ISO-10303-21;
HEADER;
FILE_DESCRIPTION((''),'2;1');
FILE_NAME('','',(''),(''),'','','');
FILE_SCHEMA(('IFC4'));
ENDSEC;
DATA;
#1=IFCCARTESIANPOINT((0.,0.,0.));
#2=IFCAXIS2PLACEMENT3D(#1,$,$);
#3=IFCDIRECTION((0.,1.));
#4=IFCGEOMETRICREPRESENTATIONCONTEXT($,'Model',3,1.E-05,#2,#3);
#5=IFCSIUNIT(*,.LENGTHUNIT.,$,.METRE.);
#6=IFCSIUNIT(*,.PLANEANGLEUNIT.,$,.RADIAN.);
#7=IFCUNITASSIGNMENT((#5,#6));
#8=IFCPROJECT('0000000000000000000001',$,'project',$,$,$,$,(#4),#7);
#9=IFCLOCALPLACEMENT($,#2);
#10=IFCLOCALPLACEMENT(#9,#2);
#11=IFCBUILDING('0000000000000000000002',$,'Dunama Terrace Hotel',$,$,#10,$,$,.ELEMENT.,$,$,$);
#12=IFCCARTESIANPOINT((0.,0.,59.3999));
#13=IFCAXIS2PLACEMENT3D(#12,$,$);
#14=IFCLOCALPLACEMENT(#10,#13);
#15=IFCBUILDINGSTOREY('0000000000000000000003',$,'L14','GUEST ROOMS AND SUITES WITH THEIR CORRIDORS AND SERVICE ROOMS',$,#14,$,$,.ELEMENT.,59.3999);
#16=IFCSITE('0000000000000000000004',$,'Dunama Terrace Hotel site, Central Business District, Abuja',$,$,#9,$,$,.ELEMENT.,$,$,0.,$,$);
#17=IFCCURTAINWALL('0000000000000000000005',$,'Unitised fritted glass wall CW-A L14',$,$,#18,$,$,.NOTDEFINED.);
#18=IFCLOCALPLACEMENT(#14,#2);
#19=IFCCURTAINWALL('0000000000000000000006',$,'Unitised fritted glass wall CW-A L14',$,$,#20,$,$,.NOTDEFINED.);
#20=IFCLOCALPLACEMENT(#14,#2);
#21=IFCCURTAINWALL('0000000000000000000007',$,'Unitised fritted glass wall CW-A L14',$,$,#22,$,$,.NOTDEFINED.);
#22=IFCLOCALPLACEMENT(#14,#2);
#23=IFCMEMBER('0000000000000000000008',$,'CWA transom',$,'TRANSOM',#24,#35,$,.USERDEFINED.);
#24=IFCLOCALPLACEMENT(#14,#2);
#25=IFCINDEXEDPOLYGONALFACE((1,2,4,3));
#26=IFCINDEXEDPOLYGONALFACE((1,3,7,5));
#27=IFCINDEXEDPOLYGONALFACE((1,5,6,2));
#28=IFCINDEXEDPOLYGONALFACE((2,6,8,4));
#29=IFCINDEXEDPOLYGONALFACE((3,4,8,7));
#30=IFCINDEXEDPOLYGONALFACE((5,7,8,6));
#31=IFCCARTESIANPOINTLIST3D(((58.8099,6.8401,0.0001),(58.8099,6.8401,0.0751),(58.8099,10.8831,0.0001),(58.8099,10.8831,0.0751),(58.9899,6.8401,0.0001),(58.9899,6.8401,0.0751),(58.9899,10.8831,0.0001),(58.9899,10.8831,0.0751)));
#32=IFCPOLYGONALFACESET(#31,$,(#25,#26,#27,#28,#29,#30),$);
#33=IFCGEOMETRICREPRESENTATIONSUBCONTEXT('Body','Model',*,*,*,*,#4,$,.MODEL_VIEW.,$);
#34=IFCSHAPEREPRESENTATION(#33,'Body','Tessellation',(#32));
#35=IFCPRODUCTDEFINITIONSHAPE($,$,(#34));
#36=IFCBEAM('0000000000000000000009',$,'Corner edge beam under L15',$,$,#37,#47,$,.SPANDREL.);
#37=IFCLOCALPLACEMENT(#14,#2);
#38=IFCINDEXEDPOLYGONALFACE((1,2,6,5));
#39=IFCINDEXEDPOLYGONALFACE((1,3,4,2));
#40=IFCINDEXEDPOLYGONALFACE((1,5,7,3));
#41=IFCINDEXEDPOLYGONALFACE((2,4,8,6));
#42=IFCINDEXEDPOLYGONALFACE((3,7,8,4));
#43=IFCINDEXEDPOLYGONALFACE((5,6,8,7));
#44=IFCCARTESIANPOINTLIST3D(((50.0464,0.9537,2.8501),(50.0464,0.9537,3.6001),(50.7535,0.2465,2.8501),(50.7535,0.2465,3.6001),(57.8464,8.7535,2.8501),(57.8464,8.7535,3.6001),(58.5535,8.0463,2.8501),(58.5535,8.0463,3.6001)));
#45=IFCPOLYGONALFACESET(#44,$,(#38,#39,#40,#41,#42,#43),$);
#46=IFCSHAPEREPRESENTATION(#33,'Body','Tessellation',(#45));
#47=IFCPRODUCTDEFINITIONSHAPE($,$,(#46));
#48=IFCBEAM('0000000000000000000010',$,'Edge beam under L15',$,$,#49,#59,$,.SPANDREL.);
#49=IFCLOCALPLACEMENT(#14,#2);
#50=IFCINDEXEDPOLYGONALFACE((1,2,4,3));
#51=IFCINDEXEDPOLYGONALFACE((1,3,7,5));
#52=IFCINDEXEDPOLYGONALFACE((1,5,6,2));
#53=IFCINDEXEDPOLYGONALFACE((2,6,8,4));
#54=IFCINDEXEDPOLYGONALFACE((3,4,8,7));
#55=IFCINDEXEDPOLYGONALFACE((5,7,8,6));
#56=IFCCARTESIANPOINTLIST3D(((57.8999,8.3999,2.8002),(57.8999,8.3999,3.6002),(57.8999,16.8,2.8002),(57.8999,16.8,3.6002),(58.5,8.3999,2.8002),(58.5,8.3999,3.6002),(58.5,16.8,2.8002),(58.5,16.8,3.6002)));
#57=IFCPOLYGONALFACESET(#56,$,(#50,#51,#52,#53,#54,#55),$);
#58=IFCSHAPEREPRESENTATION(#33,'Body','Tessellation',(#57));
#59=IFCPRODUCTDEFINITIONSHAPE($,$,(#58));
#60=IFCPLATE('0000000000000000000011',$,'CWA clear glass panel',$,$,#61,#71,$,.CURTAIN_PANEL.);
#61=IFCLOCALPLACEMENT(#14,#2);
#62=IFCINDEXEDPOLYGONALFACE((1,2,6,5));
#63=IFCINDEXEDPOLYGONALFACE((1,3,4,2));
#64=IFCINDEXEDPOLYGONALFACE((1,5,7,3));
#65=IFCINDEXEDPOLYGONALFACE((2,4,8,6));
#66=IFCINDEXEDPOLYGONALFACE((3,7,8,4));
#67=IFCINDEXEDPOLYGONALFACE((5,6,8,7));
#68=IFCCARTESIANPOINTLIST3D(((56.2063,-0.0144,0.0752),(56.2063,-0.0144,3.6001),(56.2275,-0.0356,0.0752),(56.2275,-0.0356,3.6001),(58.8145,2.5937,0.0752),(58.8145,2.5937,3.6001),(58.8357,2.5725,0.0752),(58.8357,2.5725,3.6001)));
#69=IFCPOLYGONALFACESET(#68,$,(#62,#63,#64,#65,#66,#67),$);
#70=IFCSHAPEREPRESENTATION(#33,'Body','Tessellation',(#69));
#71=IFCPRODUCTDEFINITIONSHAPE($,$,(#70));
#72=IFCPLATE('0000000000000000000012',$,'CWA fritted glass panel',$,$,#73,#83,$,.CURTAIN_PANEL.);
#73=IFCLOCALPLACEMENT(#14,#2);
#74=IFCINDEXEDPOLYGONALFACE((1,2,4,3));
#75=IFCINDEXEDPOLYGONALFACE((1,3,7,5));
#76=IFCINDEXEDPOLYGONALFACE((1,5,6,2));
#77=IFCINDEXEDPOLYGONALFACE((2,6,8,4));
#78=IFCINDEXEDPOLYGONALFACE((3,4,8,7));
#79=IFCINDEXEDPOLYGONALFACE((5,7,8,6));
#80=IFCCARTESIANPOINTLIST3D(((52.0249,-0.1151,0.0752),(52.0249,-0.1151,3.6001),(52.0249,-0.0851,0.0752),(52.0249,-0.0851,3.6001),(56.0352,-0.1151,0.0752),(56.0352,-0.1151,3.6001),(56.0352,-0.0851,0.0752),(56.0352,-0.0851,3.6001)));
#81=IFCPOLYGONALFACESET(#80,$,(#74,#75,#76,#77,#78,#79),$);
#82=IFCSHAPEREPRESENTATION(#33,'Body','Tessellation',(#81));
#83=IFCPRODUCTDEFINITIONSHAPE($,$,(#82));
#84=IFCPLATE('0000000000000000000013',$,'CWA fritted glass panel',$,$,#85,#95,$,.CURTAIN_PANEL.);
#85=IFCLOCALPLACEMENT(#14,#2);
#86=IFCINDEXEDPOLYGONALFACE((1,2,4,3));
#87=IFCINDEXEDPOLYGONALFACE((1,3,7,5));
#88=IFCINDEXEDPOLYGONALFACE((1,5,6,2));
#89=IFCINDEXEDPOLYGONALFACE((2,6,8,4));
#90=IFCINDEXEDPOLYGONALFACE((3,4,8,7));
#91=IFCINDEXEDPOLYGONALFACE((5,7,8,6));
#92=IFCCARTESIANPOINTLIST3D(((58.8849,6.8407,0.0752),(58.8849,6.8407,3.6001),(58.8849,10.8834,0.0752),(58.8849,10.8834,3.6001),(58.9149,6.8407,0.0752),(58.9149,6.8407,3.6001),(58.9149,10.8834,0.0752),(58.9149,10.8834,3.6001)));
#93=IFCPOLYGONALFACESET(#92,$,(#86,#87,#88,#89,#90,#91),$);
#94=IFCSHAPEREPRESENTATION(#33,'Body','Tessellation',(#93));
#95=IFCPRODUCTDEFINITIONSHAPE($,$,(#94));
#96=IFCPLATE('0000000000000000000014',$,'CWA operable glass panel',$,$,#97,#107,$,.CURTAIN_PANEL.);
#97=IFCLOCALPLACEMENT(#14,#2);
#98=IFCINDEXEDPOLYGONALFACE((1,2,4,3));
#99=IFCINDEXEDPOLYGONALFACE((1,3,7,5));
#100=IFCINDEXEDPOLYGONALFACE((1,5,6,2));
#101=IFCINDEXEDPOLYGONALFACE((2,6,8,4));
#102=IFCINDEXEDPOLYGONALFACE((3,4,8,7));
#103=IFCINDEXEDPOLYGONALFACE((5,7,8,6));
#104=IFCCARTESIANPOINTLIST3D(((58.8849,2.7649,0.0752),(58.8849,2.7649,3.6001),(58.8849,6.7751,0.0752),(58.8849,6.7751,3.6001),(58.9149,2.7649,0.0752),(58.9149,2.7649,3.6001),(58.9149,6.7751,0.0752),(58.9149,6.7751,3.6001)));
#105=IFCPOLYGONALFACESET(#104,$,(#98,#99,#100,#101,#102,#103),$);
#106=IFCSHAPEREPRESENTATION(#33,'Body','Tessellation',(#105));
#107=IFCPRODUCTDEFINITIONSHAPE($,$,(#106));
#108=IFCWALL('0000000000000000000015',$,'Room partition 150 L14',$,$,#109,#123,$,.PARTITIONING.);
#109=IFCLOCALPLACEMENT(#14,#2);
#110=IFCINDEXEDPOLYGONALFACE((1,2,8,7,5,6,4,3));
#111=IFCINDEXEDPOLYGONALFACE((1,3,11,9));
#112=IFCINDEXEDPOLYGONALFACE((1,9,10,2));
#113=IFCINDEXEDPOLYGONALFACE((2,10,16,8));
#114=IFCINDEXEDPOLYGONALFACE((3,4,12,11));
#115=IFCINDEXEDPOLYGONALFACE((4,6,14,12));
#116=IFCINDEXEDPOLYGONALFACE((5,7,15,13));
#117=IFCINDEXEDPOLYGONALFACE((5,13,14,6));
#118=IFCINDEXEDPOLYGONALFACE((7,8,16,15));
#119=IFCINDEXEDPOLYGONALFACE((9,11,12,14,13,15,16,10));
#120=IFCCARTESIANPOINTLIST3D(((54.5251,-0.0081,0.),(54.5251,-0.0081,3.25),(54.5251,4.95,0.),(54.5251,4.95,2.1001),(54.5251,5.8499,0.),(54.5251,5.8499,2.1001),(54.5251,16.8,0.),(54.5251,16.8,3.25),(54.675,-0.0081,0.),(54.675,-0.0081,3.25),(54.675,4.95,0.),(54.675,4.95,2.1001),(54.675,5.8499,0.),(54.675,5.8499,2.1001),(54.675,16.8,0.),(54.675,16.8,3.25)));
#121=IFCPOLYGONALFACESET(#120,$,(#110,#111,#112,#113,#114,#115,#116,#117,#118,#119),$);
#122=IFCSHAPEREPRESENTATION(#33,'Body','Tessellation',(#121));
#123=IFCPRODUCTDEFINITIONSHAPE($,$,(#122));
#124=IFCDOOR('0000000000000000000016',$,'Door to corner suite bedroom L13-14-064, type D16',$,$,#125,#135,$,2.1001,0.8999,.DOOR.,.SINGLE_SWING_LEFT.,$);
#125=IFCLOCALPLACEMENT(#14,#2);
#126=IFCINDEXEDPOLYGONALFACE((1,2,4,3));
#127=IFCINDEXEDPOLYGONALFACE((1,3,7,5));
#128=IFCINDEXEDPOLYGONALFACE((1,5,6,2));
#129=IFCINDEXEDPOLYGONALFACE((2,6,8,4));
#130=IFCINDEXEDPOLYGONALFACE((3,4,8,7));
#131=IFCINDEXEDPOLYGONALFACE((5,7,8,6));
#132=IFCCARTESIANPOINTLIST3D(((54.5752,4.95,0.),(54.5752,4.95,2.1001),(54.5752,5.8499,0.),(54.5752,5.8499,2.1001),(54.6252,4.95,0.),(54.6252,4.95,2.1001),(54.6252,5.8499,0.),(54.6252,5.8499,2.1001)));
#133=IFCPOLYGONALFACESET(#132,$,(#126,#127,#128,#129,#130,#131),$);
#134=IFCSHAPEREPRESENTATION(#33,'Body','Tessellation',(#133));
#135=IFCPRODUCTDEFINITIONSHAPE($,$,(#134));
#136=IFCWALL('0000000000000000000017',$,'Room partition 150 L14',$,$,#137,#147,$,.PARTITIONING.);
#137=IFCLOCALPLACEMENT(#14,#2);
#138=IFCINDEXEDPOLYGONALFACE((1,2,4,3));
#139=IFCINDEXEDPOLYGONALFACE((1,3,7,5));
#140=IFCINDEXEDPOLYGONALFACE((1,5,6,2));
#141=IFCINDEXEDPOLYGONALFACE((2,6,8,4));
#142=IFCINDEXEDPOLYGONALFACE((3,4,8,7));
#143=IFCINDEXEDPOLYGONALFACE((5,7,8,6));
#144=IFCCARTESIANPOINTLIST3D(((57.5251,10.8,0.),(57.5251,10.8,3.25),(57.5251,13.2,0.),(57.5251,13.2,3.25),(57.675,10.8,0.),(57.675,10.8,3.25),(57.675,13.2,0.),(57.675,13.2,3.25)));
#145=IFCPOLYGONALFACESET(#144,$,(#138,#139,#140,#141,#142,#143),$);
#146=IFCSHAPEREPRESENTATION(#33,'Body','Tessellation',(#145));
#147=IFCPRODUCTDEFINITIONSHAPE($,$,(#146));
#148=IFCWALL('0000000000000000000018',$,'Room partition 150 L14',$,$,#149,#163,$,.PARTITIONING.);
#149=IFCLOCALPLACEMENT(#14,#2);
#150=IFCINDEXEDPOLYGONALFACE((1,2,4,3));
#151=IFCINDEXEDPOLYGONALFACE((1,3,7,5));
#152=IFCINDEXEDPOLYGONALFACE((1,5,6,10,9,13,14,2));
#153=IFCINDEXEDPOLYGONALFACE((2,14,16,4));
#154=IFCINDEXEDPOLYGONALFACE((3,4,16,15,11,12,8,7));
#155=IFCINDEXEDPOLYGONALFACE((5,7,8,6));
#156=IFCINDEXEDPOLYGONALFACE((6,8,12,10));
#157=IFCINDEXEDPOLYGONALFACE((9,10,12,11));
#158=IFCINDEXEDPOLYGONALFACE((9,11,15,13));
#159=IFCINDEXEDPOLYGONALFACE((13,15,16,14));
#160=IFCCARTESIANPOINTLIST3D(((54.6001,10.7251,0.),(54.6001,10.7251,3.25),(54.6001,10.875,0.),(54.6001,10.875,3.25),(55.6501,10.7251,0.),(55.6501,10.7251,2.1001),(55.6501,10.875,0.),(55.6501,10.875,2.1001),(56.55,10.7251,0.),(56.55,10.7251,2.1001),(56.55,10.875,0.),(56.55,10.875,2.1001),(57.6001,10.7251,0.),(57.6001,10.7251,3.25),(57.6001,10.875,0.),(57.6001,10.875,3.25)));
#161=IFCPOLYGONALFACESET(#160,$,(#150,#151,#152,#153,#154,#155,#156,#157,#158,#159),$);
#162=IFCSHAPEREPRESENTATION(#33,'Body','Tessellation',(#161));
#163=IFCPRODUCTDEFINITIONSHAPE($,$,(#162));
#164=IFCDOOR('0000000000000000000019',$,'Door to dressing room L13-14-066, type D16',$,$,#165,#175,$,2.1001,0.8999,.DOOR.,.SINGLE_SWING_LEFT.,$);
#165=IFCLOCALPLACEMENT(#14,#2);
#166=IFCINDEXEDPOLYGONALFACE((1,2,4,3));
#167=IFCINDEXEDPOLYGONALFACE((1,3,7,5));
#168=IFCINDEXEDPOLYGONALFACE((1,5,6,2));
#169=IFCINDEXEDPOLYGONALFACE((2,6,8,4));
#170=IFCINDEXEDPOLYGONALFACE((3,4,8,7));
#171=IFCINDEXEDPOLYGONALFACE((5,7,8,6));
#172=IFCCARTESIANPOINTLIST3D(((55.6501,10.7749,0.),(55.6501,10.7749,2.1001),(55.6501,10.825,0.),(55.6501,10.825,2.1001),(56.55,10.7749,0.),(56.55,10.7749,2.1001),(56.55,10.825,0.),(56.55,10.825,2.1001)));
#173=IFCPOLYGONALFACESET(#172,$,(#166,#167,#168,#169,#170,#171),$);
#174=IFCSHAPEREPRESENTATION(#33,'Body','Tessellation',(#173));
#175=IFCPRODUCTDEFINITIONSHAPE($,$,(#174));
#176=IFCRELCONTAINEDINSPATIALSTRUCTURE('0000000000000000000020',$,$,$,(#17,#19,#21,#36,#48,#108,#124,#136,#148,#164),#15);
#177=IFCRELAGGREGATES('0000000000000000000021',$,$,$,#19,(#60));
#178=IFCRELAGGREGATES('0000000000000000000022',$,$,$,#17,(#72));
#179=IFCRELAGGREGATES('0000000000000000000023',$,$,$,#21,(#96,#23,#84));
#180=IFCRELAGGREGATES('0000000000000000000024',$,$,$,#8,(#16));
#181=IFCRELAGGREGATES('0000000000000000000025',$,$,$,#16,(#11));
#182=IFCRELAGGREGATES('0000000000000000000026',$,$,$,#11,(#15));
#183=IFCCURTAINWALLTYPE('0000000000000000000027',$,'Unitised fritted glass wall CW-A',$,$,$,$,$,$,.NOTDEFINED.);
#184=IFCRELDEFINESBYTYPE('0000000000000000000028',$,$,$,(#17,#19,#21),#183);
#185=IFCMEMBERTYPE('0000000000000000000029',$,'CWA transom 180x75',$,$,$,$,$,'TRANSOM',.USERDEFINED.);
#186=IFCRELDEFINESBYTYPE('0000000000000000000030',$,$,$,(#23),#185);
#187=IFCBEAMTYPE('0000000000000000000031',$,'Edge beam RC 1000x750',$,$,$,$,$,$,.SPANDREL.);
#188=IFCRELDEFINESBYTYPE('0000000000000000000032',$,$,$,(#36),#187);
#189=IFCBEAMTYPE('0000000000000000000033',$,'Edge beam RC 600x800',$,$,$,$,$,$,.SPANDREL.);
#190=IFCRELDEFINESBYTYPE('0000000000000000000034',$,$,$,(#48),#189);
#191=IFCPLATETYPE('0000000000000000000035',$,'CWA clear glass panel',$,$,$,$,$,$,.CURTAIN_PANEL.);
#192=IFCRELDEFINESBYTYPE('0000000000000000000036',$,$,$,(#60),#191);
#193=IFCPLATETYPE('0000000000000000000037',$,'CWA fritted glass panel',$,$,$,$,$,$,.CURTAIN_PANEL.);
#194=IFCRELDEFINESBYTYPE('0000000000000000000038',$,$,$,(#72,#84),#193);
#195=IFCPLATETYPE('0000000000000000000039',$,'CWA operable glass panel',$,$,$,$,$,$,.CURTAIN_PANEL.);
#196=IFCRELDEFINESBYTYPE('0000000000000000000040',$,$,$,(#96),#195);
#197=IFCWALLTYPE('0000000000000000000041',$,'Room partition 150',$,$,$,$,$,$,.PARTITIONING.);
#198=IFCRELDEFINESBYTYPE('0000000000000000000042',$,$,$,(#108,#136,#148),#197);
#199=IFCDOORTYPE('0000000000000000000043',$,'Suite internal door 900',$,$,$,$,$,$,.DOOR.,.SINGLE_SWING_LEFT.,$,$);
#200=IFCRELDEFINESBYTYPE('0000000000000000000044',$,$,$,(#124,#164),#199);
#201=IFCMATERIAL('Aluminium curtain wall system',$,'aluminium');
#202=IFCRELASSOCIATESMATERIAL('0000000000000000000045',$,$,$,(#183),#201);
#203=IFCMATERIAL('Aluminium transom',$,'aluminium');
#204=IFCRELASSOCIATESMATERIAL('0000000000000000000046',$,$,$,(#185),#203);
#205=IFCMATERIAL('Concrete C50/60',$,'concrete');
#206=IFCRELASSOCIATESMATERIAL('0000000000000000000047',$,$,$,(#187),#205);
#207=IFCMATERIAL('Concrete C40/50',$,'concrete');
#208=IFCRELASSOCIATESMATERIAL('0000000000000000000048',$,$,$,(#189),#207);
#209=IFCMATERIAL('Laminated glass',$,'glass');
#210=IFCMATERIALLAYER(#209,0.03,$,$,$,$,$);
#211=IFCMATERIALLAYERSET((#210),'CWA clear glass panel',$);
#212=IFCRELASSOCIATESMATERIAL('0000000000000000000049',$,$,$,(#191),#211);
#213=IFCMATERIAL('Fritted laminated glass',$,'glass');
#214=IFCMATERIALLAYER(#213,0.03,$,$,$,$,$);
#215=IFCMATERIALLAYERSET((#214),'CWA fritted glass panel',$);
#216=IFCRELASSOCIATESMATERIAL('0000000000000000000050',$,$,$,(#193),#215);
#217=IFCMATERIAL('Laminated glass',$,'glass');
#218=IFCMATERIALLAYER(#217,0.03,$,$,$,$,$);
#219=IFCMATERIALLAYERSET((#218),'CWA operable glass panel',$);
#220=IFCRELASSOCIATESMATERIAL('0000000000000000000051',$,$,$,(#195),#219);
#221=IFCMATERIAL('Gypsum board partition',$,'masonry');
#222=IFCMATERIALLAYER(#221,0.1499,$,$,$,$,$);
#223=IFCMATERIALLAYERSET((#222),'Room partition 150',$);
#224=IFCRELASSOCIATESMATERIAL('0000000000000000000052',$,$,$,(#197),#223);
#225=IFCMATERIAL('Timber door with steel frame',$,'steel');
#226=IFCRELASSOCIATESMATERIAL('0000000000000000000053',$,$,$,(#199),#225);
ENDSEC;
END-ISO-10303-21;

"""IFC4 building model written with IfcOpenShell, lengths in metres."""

from ifc_helpers import new_model, si_unit, direction, frame, frame_2d, origin, origin_2d, place, context, subcontext, project, spatial, rectangle, extrude, material, layer, layer_set, material_profile, profile_set, type_object, element, fill, aggregate, save


model = new_model("IFC4")

# Units and contexts
model_context = context("Model", 3, precision=1e-05, world=origin(), true_north=direction((0.0, 1.0)))
body_context = subcontext(model_context, "Body", "Model", "MODEL_VIEW")
ifc_project = project(units=[si_unit("LENGTHUNIT", "METRE"), si_unit("PLANEANGLEUNIT", "RADIAN")], contexts=[model_context])

# Site, building, storey
site_placement = place(None, origin())
site = spatial("IfcSite", under=ifc_project, at=site_placement, Name="Dunama Terrace Hotel site, Central Business District, Abuja", CompositionType="ELEMENT", RefElevation=0.0)
building_placement = place(site_placement, origin())
building = spatial("IfcBuilding", under=site, at=building_placement, Name="Dunama Terrace Hotel", CompositionType="ELEMENT")
storey_placement = place(building_placement, frame((0.0, 0.0, 59.3999)))
storey = spatial("IfcBuildingStorey", under=building, at=storey_placement, Name="L14", Description="GUEST ROOMS AND SUITES WITH THEIR CORRIDORS AND SERVICE ROOMS", CompositionType="ELEMENT", Elevation=59.3999)

# Curtain walls
ifc_material_1 = material(Name="Aluminium curtain wall system", Category="aluminium")
curtain_wall_type = type_object("IfcCurtainWallType", Name="Unitised fritted glass wall CW-A", PredefinedType="NOTDEFINED", material=ifc_material_1)
curtain_wall_1_placement = place(storey_placement, origin())
curtain_wall_1 = element("IfcCurtainWall", 1, at=curtain_wall_1_placement, inside=storey, type_object=curtain_wall_type, Name="Unitised fritted glass wall CW-A L14", PredefinedType="NOTDEFINED")
curtain_wall_2_placement = place(storey_placement, origin())
curtain_wall_2 = element("IfcCurtainWall", 2, at=curtain_wall_2_placement, inside=storey, type_object=curtain_wall_type, Name="Unitised fritted glass wall CW-A L14", PredefinedType="NOTDEFINED")
curtain_wall_3_placement = place(storey_placement, origin())
curtain_wall_3 = element("IfcCurtainWall", 3, at=curtain_wall_3_placement, inside=storey, type_object=curtain_wall_type, Name="Unitised fritted glass wall CW-A L14", PredefinedType="NOTDEFINED")

# Member
ifc_material_2 = material(Name="Aluminium transom", Category="aluminium")
ifc_material_profile_1 = material_profile(ifc_material_2, rectangle(XDim=0.1799, YDim=0.075, at=origin_2d()), Name="CWA TRANSOM 180X75")
ifc_profile_set_1 = profile_set([ifc_material_profile_1], Name="Aluminium transom")
member_type_1 = type_object("IfcMemberType", Name="CWA transom 180x75", ElementType="TRANSOM", PredefinedType="USERDEFINED", material=ifc_profile_set_1)
member_1_placement = place(storey_placement, frame((58.8999, 6.8401, 0.0376), z_axis=(0.0, 1.0, 0.0), x_axis=(-1.0, 0.0, 0.0)))
member_1 = element("IfcMember", 4, at=member_1_placement, type_object=member_type_1, Name="CWA transom", ObjectType="TRANSOM", PredefinedType="USERDEFINED", context=body_context, shape_type="SweptSolid", body=[
    extrude(rectangle(XDim=0.1799, YDim=0.075, at=origin_2d()), origin(), (0.0, 0.0, 1.0), 4.043),
])

# Beams
ifc_material_3 = material(Name="Concrete C50/60", Category="concrete")
ifc_material_profile_2 = material_profile(ifc_material_3, rectangle(XDim=1.0, YDim=0.75, at=origin_2d()), Name="RC 1000x750")
ifc_profile_set_2 = profile_set([ifc_material_profile_2], Name="Concrete C50/60")
beam_type_1 = type_object("IfcBeamType", Name="Edge beam RC 1000x750", PredefinedType="SPANDREL", material=ifc_profile_set_2)
beam_1_placement = place(storey_placement, frame((50.3999, 0.6001, 3.2251), z_axis=(0.707118, 0.707096, 0.0), x_axis=(-0.707096, 0.707118, 0.0)))
element("IfcBeam", 5, at=beam_1_placement, inside=storey, type_object=beam_type_1, Name="Corner edge beam under L15", PredefinedType="SPANDREL", context=body_context, shape_type="SweptSolid", body=[
    extrude(rectangle(XDim=1.0, YDim=0.75, at=origin_2d()), origin(), (0.0, 0.0, 1.0), 11.0308),
])
ifc_material_4 = material(Name="Concrete C40/50", Category="concrete")
ifc_material_profile_3 = material_profile(ifc_material_4, rectangle(XDim=0.6001, YDim=0.8, at=origin_2d()), Name="RC 600x800")
ifc_profile_set_3 = profile_set([ifc_material_profile_3], Name="Concrete C40/50")
beam_type_2 = type_object("IfcBeamType", Name="Edge beam RC 600x800", PredefinedType="SPANDREL", material=ifc_profile_set_3)
beam_2_placement = place(storey_placement, frame((58.2, 8.3999, 3.2002), z_axis=(0.0, 1.0, 0.0), x_axis=(-1.0, 0.0, 0.0)))
element("IfcBeam", 6, at=beam_2_placement, inside=storey, type_object=beam_type_2, Name="Edge beam under L15", PredefinedType="SPANDREL", context=body_context, shape_type="SweptSolid", body=[
    extrude(rectangle(XDim=0.6001, YDim=0.8, at=origin_2d()), origin(), (0.0, 0.0, 1.0), 8.4001),
])

# Plates
ifc_material_5 = material(Name="Laminated glass", Category="glass")
ifc_layer_1 = layer(ifc_material_5, 0.03)
ifc_layer_set_1 = layer_set([ifc_layer_1], Name="CWA clear glass panel")
plate_type_1 = type_object("IfcPlateType", Name="CWA clear glass panel", PredefinedType="CURTAIN_PANEL", material=ifc_layer_set_1)
plate_1_placement = place(storey_placement, frame((57.521, 1.2791, 0.0752), z_axis=(0.0, 0.0, 1.0), x_axis=(0.707107, 0.707107, 0.0)))
plate_1 = element("IfcPlate", 7, at=plate_1_placement, type_object=plate_type_1, Name="CWA clear glass panel", PredefinedType="CURTAIN_PANEL", context=body_context, shape_type="SweptSolid", body=[
    extrude(rectangle(XDim=3.6885, YDim=0.03, at=origin_2d()), origin(), (0.0, 0.0, 1.0), 3.5249),
])
aggregate(curtain_wall_2, [plate_1])
ifc_material_6 = material(Name="Fritted laminated glass", Category="glass")
ifc_layer_2 = layer(ifc_material_6, 0.03)
ifc_layer_set_2 = layer_set([ifc_layer_2], Name="CWA fritted glass panel")
plate_type_2 = type_object("IfcPlateType", Name="CWA fritted glass panel", PredefinedType="CURTAIN_PANEL", material=ifc_layer_set_2)
plate_2_placement = place(storey_placement, frame((54.03, -0.1001, 0.0752), z_axis=(0.0, 0.0, 1.0), x_axis=(1.0, 0.0, 0.0)))
plate_2 = element("IfcPlate", 8, at=plate_2_placement, type_object=plate_type_2, Name="CWA fritted glass panel", PredefinedType="CURTAIN_PANEL", context=body_context, shape_type="SweptSolid", body=[
    extrude(rectangle(XDim=4.0103, YDim=0.03, at=origin_2d()), origin(), (0.0, 0.0, 1.0), 3.5249),
])
aggregate(curtain_wall_1, [plate_2])
plate_3_placement = place(storey_placement, frame((58.8999, 8.8621, 0.0752), z_axis=(0.0, 0.0, 1.0), x_axis=(0.0, 1.0, 0.0)))
plate_3 = element("IfcPlate", 9, at=plate_3_placement, type_object=plate_type_2, Name="CWA fritted glass panel", PredefinedType="CURTAIN_PANEL", context=body_context, shape_type="SweptSolid", body=[
    extrude(rectangle(XDim=4.0427, YDim=0.03, at=origin_2d()), origin(), (0.0, 0.0, 1.0), 3.5249),
])
ifc_material_7 = material(Name="Laminated glass", Category="glass")
ifc_layer_3 = layer(ifc_material_7, 0.03)
ifc_layer_set_3 = layer_set([ifc_layer_3], Name="CWA operable glass panel")
plate_type_3 = type_object("IfcPlateType", Name="CWA operable glass panel", PredefinedType="CURTAIN_PANEL", material=ifc_layer_set_3)
plate_4_placement = place(storey_placement, frame((58.8999, 4.77, 0.0752), z_axis=(0.0, 0.0, 1.0), x_axis=(0.0, 1.0, 0.0)))
plate_4 = element("IfcPlate", 10, at=plate_4_placement, type_object=plate_type_3, Name="CWA operable glass panel", PredefinedType="CURTAIN_PANEL", context=body_context, shape_type="SweptSolid", body=[
    extrude(rectangle(XDim=4.0103, YDim=0.03, at=origin_2d()), origin(), (0.0, 0.0, 1.0), 3.5249),
])
aggregate(curtain_wall_3, [plate_4, member_1, plate_3])

# Wall, opening, door
ifc_material_8 = material(Name="Gypsum board partition", Category="masonry")
ifc_layer_4 = layer(ifc_material_8, 0.1499)
ifc_layer_set_4 = layer_set([ifc_layer_4], Name="Room partition 150")
wall_type = type_object("IfcWallType", Name="Room partition 150", PredefinedType="PARTITIONING", material=ifc_layer_set_4)
wall_1_placement = place(storey_placement, frame((54.6001, -0.0081, 0.0), z_axis=(0.0, 0.0, 1.0), x_axis=(0.0, 1.0, 0.0)))
wall_1 = element("IfcWall", 11, at=wall_1_placement, inside=storey, type_object=wall_type, Name="Room partition 150 L14", PredefinedType="PARTITIONING", context=body_context, shape_type="SweptSolid", body=[
    extrude(rectangle(XDim=16.8081, YDim=0.1499, at=frame_2d((8.4041, 0.0))), origin(), (0.0, 0.0, 1.0), 3.25),
])
opening_1_placement = place(wall_1_placement, frame((4.958, 0.0, 0.0)))
opening_1 = element("IfcOpeningElement", 12, at=opening_1_placement, cuts=wall_1, PredefinedType="OPENING", context=body_context, shape_type="SweptSolid", body=[
    extrude(rectangle(XDim=0.8999, YDim=2.1001, at=frame_2d((0.45, 1.05))), frame((0.0, 0.085, 0.0), z_axis=(0.0, -1.0, 0.0), x_axis=(1.0, 0.0, 0.0)), (0.0, 0.0, 1.0), 0.1699),
])
ifc_material_9 = material(Name="Timber door with steel frame", Category="steel")
door_type = type_object("IfcDoorType", Name="Suite internal door 900", OperationType="SINGLE_SWING_LEFT", PredefinedType="DOOR", material=ifc_material_9)
door_1_placement = place(opening_1_placement, frame((0.8999, 0.0, 0.0), z_axis=(0.0, 0.0, 1.0), x_axis=(-1.0, 0.0, 0.0)))
door_1 = element("IfcDoor", 13, at=door_1_placement, inside=storey, type_object=door_type, Name="Door to corner suite bedroom L13-14-064, type D16", OperationType="SINGLE_SWING_LEFT", OverallHeight=2.1001, OverallWidth=0.8999, PredefinedType="DOOR", context=body_context, shape_type="SweptSolid", body=[
    extrude(rectangle(XDim=0.8999, YDim=2.1001, at=frame_2d((0.45, 1.05))), frame((0.0, 0.0251, 0.0), z_axis=(0.0, -1.0, 0.0), x_axis=(1.0, 0.0, 0.0)), (0.0, 0.0, 1.0), 0.05),
])
fill(opening_1, door_1)

# Wall
wall_2_placement = place(storey_placement, frame((57.6001, 10.8, 0.0), z_axis=(0.0, 0.0, 1.0), x_axis=(0.0, 1.0, 0.0)))
element("IfcWall", 14, at=wall_2_placement, inside=storey, type_object=wall_type, Name="Room partition 150 L14", PredefinedType="PARTITIONING", context=body_context, shape_type="SweptSolid", body=[
    extrude(rectangle(XDim=2.3999, YDim=0.1499, at=frame_2d((1.2, 0.0))), origin(), (0.0, 0.0, 1.0), 3.25),
])

# Wall, opening, door
wall_3_placement = place(storey_placement, frame((54.6001, 10.8, 0.0), z_axis=(0.0, 0.0, 1.0), x_axis=(1.0, 0.0, 0.0)))
wall_3 = element("IfcWall", 15, at=wall_3_placement, inside=storey, type_object=wall_type, Name="Room partition 150 L14", PredefinedType="PARTITIONING", context=body_context, shape_type="SweptSolid", body=[
    extrude(rectangle(XDim=3.0, YDim=0.1499, at=frame_2d((1.5, 0.0))), origin(), (0.0, 0.0, 1.0), 3.25),
])
opening_2_placement = place(wall_3_placement, frame((1.05, 0.0, 0.0)))
opening_2 = element("IfcOpeningElement", 16, at=opening_2_placement, cuts=wall_3, PredefinedType="OPENING", context=body_context, shape_type="SweptSolid", body=[
    extrude(rectangle(XDim=0.8999, YDim=2.1001, at=frame_2d((0.45, 1.05))), frame((0.0, 0.085, 0.0), z_axis=(0.0, -1.0, 0.0), x_axis=(1.0, 0.0, 0.0)), (0.0, 0.0, 1.0), 0.1699),
])
door_2_placement = place(opening_2_placement, origin())
door_2 = element("IfcDoor", 17, at=door_2_placement, inside=storey, type_object=door_type, Name="Door to dressing room L13-14-066, type D16", OperationType="SINGLE_SWING_LEFT", OverallHeight=2.1001, OverallWidth=0.8999, PredefinedType="DOOR", context=body_context, shape_type="SweptSolid", body=[
    extrude(rectangle(XDim=0.8999, YDim=2.1001, at=frame_2d((0.45, 1.05))), frame((0.0, 0.0249, 0.0), z_axis=(0.0, -1.0, 0.0), x_axis=(1.0, 0.0, 0.0)), (0.0, 0.0, 1.0), 0.05),
])
fill(opening_2, door_2)

save(model, "model.ifc")
